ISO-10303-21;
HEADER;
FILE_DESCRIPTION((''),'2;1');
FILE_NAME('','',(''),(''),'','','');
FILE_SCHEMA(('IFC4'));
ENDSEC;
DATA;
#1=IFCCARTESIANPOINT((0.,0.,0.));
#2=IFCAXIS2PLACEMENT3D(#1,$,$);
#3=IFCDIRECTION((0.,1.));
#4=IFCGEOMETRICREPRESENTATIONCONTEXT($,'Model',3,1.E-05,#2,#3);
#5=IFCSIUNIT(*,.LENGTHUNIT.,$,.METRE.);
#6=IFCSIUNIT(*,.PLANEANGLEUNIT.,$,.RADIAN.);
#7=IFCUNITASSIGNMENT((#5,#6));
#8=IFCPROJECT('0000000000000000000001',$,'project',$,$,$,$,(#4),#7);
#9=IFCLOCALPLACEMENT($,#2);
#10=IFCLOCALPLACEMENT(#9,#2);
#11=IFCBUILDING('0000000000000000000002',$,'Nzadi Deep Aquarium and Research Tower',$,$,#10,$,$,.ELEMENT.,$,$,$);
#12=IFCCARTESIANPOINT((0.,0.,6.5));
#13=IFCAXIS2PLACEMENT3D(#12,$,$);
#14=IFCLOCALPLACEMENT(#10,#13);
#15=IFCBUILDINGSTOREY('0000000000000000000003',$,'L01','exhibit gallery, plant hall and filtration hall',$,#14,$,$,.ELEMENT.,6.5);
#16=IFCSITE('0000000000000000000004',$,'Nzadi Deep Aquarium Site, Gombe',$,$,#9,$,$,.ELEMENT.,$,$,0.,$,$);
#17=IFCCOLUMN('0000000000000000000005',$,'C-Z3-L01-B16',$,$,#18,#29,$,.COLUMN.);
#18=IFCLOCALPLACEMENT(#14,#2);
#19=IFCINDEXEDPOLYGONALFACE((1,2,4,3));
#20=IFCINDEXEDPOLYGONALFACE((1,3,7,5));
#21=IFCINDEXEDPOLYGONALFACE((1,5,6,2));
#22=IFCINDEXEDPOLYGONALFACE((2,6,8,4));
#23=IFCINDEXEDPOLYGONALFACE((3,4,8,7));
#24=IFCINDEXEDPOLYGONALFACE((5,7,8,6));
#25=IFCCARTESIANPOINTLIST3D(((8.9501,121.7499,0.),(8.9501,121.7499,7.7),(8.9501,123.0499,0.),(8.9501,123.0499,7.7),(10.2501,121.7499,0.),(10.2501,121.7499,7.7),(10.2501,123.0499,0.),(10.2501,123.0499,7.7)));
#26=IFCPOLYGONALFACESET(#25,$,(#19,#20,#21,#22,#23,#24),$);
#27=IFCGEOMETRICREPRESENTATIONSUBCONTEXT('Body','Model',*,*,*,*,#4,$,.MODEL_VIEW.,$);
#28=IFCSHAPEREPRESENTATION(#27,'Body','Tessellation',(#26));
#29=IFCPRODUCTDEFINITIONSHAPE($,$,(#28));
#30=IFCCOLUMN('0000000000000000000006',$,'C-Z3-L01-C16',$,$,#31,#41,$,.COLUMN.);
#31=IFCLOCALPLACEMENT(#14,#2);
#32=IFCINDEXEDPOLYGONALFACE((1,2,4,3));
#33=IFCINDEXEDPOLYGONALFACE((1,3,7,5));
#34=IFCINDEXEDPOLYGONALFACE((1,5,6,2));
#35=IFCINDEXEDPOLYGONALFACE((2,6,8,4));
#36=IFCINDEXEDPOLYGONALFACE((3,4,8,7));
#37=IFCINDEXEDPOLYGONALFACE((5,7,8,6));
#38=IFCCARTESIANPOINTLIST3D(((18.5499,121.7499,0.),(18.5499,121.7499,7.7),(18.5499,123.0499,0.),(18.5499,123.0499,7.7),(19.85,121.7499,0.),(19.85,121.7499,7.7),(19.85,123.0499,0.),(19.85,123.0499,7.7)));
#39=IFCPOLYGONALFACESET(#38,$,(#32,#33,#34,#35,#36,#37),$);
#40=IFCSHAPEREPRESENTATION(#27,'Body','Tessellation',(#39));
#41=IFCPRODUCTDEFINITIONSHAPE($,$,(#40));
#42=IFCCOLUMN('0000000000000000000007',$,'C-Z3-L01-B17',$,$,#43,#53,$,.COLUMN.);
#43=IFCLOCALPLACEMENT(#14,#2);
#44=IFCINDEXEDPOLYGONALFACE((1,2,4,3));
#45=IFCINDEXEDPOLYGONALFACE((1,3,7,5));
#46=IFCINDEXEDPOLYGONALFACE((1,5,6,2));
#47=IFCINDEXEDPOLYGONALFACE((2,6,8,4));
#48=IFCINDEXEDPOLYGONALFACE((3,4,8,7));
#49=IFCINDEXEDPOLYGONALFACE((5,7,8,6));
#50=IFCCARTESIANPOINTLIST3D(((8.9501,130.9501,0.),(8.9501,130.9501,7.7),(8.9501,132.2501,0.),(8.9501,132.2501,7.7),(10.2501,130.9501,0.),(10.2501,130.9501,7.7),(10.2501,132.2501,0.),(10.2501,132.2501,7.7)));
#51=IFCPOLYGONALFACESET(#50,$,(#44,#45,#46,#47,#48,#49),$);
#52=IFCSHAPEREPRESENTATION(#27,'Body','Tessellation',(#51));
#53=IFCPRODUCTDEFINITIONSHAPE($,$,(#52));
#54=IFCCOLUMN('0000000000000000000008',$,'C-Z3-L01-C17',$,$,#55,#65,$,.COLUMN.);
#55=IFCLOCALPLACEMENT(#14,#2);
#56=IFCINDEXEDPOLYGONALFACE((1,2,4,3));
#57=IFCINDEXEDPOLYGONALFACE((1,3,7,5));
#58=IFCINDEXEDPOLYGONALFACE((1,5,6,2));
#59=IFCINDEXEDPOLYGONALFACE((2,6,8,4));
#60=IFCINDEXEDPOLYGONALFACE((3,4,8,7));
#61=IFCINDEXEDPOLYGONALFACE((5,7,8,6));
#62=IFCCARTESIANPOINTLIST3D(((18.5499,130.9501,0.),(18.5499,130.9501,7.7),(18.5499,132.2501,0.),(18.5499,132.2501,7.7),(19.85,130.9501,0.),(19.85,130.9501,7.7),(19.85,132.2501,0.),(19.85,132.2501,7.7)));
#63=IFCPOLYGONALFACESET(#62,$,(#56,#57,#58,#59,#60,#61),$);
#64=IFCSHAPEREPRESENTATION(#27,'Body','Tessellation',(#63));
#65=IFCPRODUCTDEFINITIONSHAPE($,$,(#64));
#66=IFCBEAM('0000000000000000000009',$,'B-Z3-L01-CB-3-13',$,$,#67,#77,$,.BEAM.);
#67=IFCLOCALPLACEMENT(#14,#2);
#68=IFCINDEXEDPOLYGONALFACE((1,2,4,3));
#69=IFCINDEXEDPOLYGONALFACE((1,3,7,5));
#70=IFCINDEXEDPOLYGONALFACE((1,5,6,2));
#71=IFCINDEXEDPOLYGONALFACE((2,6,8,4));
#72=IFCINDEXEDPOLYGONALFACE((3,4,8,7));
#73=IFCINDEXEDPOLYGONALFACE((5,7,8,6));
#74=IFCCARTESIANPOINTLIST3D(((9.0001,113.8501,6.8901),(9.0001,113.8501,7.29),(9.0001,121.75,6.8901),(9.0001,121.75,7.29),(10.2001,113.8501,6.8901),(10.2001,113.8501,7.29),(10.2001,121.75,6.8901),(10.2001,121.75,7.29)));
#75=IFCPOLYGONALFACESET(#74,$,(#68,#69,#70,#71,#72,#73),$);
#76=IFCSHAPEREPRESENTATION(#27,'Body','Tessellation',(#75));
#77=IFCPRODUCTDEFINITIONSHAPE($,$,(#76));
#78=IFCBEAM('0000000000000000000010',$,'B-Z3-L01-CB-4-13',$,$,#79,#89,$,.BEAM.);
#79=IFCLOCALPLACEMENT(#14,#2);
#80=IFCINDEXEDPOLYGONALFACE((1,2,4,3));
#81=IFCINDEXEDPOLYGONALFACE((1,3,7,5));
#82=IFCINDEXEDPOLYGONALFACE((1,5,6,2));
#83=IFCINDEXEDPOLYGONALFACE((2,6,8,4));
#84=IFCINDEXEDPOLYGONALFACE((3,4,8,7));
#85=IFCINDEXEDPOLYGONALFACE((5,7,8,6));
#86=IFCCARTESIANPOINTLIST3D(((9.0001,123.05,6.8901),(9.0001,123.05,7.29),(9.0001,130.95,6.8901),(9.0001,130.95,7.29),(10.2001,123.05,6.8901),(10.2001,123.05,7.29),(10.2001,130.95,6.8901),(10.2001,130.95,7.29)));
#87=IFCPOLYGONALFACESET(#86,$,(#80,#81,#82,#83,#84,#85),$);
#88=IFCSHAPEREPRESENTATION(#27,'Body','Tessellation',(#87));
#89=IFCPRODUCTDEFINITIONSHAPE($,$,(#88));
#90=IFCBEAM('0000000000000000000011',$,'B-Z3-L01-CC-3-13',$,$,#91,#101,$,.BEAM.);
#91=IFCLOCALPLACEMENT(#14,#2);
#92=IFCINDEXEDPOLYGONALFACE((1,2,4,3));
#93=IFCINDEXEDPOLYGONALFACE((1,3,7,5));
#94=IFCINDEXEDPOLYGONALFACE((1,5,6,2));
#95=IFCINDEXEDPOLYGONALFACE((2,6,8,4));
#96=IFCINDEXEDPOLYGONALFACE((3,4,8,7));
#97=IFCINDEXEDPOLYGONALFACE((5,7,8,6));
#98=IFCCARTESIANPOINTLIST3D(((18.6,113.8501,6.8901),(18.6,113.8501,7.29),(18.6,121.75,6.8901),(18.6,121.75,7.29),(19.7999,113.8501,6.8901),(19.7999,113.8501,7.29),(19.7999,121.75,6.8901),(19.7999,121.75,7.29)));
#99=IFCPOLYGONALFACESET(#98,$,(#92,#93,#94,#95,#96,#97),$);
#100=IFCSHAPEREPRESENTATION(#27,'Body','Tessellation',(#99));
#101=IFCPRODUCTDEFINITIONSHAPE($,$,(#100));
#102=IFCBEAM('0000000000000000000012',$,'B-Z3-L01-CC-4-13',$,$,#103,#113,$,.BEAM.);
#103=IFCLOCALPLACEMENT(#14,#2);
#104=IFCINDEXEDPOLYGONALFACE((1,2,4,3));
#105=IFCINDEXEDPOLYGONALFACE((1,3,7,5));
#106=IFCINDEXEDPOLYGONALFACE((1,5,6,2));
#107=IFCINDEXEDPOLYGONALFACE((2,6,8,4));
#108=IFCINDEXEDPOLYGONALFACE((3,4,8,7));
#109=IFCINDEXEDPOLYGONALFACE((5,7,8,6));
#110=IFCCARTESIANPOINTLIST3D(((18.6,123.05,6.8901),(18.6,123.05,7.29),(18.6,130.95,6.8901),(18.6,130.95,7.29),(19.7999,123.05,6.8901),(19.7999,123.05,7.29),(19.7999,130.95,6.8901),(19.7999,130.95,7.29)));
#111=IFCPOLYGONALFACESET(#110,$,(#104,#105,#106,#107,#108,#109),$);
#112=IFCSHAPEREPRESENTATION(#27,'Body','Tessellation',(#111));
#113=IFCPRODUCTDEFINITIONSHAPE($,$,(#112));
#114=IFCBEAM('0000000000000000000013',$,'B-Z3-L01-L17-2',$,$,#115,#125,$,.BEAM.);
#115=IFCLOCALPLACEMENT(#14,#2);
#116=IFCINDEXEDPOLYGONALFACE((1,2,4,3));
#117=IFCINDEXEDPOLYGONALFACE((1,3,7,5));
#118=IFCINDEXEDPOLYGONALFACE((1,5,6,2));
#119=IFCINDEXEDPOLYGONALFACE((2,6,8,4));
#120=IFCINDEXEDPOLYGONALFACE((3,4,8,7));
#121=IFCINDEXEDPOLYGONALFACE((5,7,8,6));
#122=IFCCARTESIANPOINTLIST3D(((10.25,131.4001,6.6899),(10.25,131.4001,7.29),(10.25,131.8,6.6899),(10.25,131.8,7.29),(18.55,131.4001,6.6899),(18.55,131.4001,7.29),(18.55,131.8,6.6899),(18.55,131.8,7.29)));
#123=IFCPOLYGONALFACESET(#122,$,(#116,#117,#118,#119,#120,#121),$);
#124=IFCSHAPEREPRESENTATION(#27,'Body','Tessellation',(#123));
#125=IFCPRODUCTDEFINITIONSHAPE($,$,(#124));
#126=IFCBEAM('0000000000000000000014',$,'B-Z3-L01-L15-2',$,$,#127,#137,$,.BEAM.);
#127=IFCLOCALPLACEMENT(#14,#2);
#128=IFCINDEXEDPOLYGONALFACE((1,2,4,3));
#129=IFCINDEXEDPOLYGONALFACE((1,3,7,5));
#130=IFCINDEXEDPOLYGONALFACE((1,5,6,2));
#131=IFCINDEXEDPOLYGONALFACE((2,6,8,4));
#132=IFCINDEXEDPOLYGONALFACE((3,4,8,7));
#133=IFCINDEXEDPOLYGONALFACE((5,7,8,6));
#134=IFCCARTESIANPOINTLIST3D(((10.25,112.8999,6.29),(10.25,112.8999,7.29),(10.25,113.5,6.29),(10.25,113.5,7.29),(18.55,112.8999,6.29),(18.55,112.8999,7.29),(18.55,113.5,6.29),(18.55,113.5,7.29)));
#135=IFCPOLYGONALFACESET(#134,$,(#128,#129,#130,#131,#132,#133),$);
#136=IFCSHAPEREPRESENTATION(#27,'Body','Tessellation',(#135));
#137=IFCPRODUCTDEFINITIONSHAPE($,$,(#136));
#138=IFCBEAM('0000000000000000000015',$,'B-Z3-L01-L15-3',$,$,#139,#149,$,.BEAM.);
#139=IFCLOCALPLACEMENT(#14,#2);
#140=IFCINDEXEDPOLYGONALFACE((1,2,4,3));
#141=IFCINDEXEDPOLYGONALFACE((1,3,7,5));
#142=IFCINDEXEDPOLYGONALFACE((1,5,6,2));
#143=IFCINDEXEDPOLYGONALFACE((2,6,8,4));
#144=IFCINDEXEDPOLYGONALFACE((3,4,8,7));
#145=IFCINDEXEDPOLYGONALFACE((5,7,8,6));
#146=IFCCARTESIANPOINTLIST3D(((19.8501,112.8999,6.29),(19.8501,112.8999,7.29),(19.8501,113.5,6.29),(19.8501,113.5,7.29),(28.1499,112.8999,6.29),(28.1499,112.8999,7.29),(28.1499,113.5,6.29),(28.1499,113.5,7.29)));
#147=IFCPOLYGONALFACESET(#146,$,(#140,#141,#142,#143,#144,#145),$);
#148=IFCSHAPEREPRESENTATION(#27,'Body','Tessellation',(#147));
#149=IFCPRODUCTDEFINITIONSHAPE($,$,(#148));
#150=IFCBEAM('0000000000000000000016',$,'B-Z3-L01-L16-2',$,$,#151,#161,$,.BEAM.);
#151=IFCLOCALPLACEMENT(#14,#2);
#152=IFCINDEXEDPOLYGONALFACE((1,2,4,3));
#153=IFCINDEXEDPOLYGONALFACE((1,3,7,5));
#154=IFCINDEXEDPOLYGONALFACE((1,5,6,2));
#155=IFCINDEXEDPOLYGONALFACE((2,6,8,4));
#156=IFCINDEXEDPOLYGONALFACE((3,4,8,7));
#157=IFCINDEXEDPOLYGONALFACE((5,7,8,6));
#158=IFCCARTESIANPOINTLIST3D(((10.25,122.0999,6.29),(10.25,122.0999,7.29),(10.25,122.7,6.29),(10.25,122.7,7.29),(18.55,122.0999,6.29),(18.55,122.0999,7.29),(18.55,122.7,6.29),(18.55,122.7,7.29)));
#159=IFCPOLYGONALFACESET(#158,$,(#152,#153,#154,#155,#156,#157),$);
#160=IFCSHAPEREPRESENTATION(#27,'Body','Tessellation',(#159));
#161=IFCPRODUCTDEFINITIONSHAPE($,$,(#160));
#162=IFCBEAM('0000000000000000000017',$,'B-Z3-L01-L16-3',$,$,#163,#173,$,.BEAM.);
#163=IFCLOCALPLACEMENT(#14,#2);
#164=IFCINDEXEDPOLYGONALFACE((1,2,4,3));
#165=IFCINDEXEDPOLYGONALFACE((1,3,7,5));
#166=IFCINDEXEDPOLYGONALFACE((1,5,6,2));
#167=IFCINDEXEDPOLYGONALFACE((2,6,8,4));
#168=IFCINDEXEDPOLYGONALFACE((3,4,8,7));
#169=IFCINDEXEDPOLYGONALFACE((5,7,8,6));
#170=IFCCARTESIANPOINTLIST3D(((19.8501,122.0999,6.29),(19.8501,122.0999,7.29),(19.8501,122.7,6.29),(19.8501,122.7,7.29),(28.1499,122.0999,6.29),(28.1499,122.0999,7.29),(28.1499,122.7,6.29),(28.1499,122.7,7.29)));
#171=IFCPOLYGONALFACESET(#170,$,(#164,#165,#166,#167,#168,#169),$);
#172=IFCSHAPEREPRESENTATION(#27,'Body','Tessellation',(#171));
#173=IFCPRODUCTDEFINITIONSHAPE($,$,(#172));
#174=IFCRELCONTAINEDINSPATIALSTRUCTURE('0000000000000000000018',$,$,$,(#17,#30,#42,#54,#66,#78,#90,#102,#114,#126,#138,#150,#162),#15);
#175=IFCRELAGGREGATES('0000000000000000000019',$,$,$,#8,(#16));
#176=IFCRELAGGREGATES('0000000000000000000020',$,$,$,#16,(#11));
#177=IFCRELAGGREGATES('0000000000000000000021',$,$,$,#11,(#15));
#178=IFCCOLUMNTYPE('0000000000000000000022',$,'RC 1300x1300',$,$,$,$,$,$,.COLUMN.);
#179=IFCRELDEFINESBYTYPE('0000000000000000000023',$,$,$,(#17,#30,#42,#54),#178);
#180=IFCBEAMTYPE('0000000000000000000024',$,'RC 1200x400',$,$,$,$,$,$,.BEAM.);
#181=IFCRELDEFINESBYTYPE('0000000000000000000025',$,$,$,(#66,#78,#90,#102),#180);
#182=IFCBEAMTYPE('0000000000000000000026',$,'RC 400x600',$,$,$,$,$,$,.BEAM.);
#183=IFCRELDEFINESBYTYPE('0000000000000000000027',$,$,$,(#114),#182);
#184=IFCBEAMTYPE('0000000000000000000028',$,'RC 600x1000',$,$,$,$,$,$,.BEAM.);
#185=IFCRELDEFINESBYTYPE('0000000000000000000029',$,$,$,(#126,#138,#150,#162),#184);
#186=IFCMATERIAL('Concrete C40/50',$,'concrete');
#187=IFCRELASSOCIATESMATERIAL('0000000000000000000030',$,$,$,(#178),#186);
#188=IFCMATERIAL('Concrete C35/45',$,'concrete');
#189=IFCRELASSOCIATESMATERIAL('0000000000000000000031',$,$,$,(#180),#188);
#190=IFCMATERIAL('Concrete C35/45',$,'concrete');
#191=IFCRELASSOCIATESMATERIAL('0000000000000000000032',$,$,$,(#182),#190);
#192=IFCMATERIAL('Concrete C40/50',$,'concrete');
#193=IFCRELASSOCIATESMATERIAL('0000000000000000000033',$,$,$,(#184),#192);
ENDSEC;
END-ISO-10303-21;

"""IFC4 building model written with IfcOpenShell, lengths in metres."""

from ifc_helpers import new_model, si_unit, direction, frame, origin, origin_2d, place, context, subcontext, project, spatial, rectangle, extrude, material, material_profile, profile_set, type_object, element, save


model = new_model("IFC4")

# Units and contexts
model_context = context("Model", 3, precision=1e-05, world=origin(), true_north=direction((0.0, 1.0)))
body_context = subcontext(model_context, "Body", "Model", "MODEL_VIEW")
ifc_project = project(units=[si_unit("LENGTHUNIT", "METRE"), si_unit("PLANEANGLEUNIT", "RADIAN")], contexts=[model_context])

# Site, building, storey
site_placement = place(None, origin())
site = spatial("IfcSite", under=ifc_project, at=site_placement, Name="Nzadi Deep Aquarium Site, Gombe", CompositionType="ELEMENT", RefElevation=0.0)
building_placement = place(site_placement, origin())
building = spatial("IfcBuilding", under=site, at=building_placement, Name="Nzadi Deep Aquarium and Research Tower", CompositionType="ELEMENT")
storey_placement = place(building_placement, frame((0.0, 0.0, 6.5)))
storey = spatial("IfcBuildingStorey", under=building, at=storey_placement, Name="L01", Description="exhibit gallery, plant hall and filtration hall", CompositionType="ELEMENT", Elevation=6.5)

# Columns
ifc_material_1 = material(Name="Concrete C40/50", Category="concrete")
ifc_material_profile_1 = material_profile(ifc_material_1, rectangle(XDim=1.3, YDim=1.3, at=origin_2d()))
ifc_profile_set_1 = profile_set([ifc_material_profile_1], Name="Concrete C40/50")
column_type = type_object("IfcColumnType", Name="RC 1300x1300", PredefinedType="COLUMN", material=ifc_profile_set_1)
for number, where, z_axis, x_axis, name in (
    (1, (9.6001, 122.3999, 0.0), (0.0, 0.0, 1.0), (1.0, 0.0, 0.0), "C-Z3-L01-B16"),
    (2, (19.2, 122.3999, 0.0), (0.0, 0.0, 1.0), (1.0, 0.0, 0.0), "C-Z3-L01-C16"),
    (3, (9.6001, 131.6001, 0.0), (0.0, 0.0, 1.0), (1.0, 0.0, 0.0), "C-Z3-L01-B17"),
    (4, (19.2, 131.6001, 0.0), (0.0, 0.0, 1.0), (1.0, 0.0, 0.0), "C-Z3-L01-C17"),
):
    element("IfcColumn", number, at=place(storey_placement, frame(where, z_axis=z_axis, x_axis=x_axis)), inside=storey, type_object=column_type, Name=name, PredefinedType="COLUMN", context=body_context, shape_type="SweptSolid", body=[
        extrude(rectangle(XDim=1.3, YDim=1.3, at=origin_2d()), origin(), (0.0, 0.0, 1.0), 7.7),
    ])

# Beams
ifc_material_2 = material(Name="Concrete C35/45", Category="concrete")
ifc_material_profile_2 = material_profile(ifc_material_2, rectangle(XDim=1.2, YDim=0.3999, at=origin_2d()))
ifc_profile_set_2 = profile_set([ifc_material_profile_2], Name="Concrete C35/45")
beam_type_1 = type_object("IfcBeamType", Name="RC 1200x400", PredefinedType="BEAM", material=ifc_profile_set_2)
for number, where, z_axis, x_axis, name in (
    (5, (9.6001, 113.8501, 7.0901), (0.0, 1.0, 0.0), (-1.0, 0.0, 0.0), "B-Z3-L01-CB-3-13"),
    (6, (9.6001, 123.05, 7.0901), (0.0, 1.0, 0.0), (-1.0, 0.0, 0.0), "B-Z3-L01-CB-4-13"),
    (7, (19.2, 113.8501, 7.0901), (0.0, 1.0, 0.0), (-1.0, 0.0, 0.0), "B-Z3-L01-CC-3-13"),
    (8, (19.2, 123.05, 7.0901), (0.0, 1.0, 0.0), (-1.0, 0.0, 0.0), "B-Z3-L01-CC-4-13"),
):
    element("IfcBeam", number, at=place(storey_placement, frame(where, z_axis=z_axis, x_axis=x_axis)), inside=storey, type_object=beam_type_1, Name=name, PredefinedType="BEAM", context=body_context, shape_type="SweptSolid", body=[
        extrude(rectangle(XDim=1.2, YDim=0.3999, at=origin_2d()), origin(), (0.0, 0.0, 1.0), 7.8999),
    ])
ifc_material_3 = material(Name="Concrete C35/45", Category="concrete")
ifc_material_profile_3 = material_profile(ifc_material_3, rectangle(XDim=0.3999, YDim=0.6001, at=origin_2d()))
ifc_profile_set_3 = profile_set([ifc_material_profile_3], Name="Concrete C35/45")
beam_type_2 = type_object("IfcBeamType", Name="RC 400x600", PredefinedType="BEAM", material=ifc_profile_set_3)
beam_1_placement = place(storey_placement, frame((10.25, 131.6001, 6.99), z_axis=(1.0, 0.0, 0.0), x_axis=(0.0, 1.0, 0.0)))
element("IfcBeam", 9, at=beam_1_placement, inside=storey, type_object=beam_type_2, Name="B-Z3-L01-L17-2", PredefinedType="BEAM", context=body_context, shape_type="SweptSolid", body=[
    extrude(rectangle(XDim=0.3999, YDim=0.6001, at=origin_2d()), origin(), (0.0, 0.0, 1.0), 8.3),
])
ifc_material_4 = material(Name="Concrete C40/50", Category="concrete")
ifc_material_profile_4 = material_profile(ifc_material_4, rectangle(XDim=0.6001, YDim=1.0, at=origin_2d()))
ifc_profile_set_4 = profile_set([ifc_material_profile_4], Name="Concrete C40/50")
beam_type_3 = type_object("IfcBeamType", Name="RC 600x1000", PredefinedType="BEAM", material=ifc_profile_set_4)
beam_2_placement = place(storey_placement, frame((10.25, 113.2, 6.79), z_axis=(1.0, 0.0, 0.0), x_axis=(0.0, 1.0, 0.0)))
element("IfcBeam", 10, at=beam_2_placement, inside=storey, type_object=beam_type_3, Name="B-Z3-L01-L15-2", PredefinedType="BEAM", context=body_context, shape_type="SweptSolid", body=[
    extrude(rectangle(XDim=0.6001, YDim=1.0, at=origin_2d()), origin(), (0.0, 0.0, 1.0), 8.3),
])
beam_3_placement = place(storey_placement, frame((19.8501, 113.2, 6.79), z_axis=(1.0, 0.0, 0.0), x_axis=(0.0, 1.0, 0.0)))
element("IfcBeam", 11, at=beam_3_placement, inside=storey, type_object=beam_type_3, Name="B-Z3-L01-L15-3", PredefinedType="BEAM", context=body_context, shape_type="SweptSolid", body=[
    extrude(rectangle(XDim=0.6001, YDim=1.0, at=origin_2d()), origin(), (0.0, 0.0, 1.0), 8.2998),
])
beam_4_placement = place(storey_placement, frame((10.25, 122.3999, 6.79), z_axis=(1.0, 0.0, 0.0), x_axis=(0.0, 1.0, 0.0)))
element("IfcBeam", 12, at=beam_4_placement, inside=storey, type_object=beam_type_3, Name="B-Z3-L01-L16-2", PredefinedType="BEAM", context=body_context, shape_type="SweptSolid", body=[
    extrude(rectangle(XDim=0.6001, YDim=1.0, at=origin_2d()), origin(), (0.0, 0.0, 1.0), 8.3),
])
beam_5_placement = place(storey_placement, frame((19.8501, 122.3999, 6.79), z_axis=(1.0, 0.0, 0.0), x_axis=(0.0, 1.0, 0.0)))
element("IfcBeam", 13, at=beam_5_placement, inside=storey, type_object=beam_type_3, Name="B-Z3-L01-L16-3", PredefinedType="BEAM", context=body_context, shape_type="SweptSolid", body=[
    extrude(rectangle(XDim=0.6001, YDim=1.0, at=origin_2d()), origin(), (0.0, 0.0, 1.0), 8.2998),
])

save(model, "model.ifc")
